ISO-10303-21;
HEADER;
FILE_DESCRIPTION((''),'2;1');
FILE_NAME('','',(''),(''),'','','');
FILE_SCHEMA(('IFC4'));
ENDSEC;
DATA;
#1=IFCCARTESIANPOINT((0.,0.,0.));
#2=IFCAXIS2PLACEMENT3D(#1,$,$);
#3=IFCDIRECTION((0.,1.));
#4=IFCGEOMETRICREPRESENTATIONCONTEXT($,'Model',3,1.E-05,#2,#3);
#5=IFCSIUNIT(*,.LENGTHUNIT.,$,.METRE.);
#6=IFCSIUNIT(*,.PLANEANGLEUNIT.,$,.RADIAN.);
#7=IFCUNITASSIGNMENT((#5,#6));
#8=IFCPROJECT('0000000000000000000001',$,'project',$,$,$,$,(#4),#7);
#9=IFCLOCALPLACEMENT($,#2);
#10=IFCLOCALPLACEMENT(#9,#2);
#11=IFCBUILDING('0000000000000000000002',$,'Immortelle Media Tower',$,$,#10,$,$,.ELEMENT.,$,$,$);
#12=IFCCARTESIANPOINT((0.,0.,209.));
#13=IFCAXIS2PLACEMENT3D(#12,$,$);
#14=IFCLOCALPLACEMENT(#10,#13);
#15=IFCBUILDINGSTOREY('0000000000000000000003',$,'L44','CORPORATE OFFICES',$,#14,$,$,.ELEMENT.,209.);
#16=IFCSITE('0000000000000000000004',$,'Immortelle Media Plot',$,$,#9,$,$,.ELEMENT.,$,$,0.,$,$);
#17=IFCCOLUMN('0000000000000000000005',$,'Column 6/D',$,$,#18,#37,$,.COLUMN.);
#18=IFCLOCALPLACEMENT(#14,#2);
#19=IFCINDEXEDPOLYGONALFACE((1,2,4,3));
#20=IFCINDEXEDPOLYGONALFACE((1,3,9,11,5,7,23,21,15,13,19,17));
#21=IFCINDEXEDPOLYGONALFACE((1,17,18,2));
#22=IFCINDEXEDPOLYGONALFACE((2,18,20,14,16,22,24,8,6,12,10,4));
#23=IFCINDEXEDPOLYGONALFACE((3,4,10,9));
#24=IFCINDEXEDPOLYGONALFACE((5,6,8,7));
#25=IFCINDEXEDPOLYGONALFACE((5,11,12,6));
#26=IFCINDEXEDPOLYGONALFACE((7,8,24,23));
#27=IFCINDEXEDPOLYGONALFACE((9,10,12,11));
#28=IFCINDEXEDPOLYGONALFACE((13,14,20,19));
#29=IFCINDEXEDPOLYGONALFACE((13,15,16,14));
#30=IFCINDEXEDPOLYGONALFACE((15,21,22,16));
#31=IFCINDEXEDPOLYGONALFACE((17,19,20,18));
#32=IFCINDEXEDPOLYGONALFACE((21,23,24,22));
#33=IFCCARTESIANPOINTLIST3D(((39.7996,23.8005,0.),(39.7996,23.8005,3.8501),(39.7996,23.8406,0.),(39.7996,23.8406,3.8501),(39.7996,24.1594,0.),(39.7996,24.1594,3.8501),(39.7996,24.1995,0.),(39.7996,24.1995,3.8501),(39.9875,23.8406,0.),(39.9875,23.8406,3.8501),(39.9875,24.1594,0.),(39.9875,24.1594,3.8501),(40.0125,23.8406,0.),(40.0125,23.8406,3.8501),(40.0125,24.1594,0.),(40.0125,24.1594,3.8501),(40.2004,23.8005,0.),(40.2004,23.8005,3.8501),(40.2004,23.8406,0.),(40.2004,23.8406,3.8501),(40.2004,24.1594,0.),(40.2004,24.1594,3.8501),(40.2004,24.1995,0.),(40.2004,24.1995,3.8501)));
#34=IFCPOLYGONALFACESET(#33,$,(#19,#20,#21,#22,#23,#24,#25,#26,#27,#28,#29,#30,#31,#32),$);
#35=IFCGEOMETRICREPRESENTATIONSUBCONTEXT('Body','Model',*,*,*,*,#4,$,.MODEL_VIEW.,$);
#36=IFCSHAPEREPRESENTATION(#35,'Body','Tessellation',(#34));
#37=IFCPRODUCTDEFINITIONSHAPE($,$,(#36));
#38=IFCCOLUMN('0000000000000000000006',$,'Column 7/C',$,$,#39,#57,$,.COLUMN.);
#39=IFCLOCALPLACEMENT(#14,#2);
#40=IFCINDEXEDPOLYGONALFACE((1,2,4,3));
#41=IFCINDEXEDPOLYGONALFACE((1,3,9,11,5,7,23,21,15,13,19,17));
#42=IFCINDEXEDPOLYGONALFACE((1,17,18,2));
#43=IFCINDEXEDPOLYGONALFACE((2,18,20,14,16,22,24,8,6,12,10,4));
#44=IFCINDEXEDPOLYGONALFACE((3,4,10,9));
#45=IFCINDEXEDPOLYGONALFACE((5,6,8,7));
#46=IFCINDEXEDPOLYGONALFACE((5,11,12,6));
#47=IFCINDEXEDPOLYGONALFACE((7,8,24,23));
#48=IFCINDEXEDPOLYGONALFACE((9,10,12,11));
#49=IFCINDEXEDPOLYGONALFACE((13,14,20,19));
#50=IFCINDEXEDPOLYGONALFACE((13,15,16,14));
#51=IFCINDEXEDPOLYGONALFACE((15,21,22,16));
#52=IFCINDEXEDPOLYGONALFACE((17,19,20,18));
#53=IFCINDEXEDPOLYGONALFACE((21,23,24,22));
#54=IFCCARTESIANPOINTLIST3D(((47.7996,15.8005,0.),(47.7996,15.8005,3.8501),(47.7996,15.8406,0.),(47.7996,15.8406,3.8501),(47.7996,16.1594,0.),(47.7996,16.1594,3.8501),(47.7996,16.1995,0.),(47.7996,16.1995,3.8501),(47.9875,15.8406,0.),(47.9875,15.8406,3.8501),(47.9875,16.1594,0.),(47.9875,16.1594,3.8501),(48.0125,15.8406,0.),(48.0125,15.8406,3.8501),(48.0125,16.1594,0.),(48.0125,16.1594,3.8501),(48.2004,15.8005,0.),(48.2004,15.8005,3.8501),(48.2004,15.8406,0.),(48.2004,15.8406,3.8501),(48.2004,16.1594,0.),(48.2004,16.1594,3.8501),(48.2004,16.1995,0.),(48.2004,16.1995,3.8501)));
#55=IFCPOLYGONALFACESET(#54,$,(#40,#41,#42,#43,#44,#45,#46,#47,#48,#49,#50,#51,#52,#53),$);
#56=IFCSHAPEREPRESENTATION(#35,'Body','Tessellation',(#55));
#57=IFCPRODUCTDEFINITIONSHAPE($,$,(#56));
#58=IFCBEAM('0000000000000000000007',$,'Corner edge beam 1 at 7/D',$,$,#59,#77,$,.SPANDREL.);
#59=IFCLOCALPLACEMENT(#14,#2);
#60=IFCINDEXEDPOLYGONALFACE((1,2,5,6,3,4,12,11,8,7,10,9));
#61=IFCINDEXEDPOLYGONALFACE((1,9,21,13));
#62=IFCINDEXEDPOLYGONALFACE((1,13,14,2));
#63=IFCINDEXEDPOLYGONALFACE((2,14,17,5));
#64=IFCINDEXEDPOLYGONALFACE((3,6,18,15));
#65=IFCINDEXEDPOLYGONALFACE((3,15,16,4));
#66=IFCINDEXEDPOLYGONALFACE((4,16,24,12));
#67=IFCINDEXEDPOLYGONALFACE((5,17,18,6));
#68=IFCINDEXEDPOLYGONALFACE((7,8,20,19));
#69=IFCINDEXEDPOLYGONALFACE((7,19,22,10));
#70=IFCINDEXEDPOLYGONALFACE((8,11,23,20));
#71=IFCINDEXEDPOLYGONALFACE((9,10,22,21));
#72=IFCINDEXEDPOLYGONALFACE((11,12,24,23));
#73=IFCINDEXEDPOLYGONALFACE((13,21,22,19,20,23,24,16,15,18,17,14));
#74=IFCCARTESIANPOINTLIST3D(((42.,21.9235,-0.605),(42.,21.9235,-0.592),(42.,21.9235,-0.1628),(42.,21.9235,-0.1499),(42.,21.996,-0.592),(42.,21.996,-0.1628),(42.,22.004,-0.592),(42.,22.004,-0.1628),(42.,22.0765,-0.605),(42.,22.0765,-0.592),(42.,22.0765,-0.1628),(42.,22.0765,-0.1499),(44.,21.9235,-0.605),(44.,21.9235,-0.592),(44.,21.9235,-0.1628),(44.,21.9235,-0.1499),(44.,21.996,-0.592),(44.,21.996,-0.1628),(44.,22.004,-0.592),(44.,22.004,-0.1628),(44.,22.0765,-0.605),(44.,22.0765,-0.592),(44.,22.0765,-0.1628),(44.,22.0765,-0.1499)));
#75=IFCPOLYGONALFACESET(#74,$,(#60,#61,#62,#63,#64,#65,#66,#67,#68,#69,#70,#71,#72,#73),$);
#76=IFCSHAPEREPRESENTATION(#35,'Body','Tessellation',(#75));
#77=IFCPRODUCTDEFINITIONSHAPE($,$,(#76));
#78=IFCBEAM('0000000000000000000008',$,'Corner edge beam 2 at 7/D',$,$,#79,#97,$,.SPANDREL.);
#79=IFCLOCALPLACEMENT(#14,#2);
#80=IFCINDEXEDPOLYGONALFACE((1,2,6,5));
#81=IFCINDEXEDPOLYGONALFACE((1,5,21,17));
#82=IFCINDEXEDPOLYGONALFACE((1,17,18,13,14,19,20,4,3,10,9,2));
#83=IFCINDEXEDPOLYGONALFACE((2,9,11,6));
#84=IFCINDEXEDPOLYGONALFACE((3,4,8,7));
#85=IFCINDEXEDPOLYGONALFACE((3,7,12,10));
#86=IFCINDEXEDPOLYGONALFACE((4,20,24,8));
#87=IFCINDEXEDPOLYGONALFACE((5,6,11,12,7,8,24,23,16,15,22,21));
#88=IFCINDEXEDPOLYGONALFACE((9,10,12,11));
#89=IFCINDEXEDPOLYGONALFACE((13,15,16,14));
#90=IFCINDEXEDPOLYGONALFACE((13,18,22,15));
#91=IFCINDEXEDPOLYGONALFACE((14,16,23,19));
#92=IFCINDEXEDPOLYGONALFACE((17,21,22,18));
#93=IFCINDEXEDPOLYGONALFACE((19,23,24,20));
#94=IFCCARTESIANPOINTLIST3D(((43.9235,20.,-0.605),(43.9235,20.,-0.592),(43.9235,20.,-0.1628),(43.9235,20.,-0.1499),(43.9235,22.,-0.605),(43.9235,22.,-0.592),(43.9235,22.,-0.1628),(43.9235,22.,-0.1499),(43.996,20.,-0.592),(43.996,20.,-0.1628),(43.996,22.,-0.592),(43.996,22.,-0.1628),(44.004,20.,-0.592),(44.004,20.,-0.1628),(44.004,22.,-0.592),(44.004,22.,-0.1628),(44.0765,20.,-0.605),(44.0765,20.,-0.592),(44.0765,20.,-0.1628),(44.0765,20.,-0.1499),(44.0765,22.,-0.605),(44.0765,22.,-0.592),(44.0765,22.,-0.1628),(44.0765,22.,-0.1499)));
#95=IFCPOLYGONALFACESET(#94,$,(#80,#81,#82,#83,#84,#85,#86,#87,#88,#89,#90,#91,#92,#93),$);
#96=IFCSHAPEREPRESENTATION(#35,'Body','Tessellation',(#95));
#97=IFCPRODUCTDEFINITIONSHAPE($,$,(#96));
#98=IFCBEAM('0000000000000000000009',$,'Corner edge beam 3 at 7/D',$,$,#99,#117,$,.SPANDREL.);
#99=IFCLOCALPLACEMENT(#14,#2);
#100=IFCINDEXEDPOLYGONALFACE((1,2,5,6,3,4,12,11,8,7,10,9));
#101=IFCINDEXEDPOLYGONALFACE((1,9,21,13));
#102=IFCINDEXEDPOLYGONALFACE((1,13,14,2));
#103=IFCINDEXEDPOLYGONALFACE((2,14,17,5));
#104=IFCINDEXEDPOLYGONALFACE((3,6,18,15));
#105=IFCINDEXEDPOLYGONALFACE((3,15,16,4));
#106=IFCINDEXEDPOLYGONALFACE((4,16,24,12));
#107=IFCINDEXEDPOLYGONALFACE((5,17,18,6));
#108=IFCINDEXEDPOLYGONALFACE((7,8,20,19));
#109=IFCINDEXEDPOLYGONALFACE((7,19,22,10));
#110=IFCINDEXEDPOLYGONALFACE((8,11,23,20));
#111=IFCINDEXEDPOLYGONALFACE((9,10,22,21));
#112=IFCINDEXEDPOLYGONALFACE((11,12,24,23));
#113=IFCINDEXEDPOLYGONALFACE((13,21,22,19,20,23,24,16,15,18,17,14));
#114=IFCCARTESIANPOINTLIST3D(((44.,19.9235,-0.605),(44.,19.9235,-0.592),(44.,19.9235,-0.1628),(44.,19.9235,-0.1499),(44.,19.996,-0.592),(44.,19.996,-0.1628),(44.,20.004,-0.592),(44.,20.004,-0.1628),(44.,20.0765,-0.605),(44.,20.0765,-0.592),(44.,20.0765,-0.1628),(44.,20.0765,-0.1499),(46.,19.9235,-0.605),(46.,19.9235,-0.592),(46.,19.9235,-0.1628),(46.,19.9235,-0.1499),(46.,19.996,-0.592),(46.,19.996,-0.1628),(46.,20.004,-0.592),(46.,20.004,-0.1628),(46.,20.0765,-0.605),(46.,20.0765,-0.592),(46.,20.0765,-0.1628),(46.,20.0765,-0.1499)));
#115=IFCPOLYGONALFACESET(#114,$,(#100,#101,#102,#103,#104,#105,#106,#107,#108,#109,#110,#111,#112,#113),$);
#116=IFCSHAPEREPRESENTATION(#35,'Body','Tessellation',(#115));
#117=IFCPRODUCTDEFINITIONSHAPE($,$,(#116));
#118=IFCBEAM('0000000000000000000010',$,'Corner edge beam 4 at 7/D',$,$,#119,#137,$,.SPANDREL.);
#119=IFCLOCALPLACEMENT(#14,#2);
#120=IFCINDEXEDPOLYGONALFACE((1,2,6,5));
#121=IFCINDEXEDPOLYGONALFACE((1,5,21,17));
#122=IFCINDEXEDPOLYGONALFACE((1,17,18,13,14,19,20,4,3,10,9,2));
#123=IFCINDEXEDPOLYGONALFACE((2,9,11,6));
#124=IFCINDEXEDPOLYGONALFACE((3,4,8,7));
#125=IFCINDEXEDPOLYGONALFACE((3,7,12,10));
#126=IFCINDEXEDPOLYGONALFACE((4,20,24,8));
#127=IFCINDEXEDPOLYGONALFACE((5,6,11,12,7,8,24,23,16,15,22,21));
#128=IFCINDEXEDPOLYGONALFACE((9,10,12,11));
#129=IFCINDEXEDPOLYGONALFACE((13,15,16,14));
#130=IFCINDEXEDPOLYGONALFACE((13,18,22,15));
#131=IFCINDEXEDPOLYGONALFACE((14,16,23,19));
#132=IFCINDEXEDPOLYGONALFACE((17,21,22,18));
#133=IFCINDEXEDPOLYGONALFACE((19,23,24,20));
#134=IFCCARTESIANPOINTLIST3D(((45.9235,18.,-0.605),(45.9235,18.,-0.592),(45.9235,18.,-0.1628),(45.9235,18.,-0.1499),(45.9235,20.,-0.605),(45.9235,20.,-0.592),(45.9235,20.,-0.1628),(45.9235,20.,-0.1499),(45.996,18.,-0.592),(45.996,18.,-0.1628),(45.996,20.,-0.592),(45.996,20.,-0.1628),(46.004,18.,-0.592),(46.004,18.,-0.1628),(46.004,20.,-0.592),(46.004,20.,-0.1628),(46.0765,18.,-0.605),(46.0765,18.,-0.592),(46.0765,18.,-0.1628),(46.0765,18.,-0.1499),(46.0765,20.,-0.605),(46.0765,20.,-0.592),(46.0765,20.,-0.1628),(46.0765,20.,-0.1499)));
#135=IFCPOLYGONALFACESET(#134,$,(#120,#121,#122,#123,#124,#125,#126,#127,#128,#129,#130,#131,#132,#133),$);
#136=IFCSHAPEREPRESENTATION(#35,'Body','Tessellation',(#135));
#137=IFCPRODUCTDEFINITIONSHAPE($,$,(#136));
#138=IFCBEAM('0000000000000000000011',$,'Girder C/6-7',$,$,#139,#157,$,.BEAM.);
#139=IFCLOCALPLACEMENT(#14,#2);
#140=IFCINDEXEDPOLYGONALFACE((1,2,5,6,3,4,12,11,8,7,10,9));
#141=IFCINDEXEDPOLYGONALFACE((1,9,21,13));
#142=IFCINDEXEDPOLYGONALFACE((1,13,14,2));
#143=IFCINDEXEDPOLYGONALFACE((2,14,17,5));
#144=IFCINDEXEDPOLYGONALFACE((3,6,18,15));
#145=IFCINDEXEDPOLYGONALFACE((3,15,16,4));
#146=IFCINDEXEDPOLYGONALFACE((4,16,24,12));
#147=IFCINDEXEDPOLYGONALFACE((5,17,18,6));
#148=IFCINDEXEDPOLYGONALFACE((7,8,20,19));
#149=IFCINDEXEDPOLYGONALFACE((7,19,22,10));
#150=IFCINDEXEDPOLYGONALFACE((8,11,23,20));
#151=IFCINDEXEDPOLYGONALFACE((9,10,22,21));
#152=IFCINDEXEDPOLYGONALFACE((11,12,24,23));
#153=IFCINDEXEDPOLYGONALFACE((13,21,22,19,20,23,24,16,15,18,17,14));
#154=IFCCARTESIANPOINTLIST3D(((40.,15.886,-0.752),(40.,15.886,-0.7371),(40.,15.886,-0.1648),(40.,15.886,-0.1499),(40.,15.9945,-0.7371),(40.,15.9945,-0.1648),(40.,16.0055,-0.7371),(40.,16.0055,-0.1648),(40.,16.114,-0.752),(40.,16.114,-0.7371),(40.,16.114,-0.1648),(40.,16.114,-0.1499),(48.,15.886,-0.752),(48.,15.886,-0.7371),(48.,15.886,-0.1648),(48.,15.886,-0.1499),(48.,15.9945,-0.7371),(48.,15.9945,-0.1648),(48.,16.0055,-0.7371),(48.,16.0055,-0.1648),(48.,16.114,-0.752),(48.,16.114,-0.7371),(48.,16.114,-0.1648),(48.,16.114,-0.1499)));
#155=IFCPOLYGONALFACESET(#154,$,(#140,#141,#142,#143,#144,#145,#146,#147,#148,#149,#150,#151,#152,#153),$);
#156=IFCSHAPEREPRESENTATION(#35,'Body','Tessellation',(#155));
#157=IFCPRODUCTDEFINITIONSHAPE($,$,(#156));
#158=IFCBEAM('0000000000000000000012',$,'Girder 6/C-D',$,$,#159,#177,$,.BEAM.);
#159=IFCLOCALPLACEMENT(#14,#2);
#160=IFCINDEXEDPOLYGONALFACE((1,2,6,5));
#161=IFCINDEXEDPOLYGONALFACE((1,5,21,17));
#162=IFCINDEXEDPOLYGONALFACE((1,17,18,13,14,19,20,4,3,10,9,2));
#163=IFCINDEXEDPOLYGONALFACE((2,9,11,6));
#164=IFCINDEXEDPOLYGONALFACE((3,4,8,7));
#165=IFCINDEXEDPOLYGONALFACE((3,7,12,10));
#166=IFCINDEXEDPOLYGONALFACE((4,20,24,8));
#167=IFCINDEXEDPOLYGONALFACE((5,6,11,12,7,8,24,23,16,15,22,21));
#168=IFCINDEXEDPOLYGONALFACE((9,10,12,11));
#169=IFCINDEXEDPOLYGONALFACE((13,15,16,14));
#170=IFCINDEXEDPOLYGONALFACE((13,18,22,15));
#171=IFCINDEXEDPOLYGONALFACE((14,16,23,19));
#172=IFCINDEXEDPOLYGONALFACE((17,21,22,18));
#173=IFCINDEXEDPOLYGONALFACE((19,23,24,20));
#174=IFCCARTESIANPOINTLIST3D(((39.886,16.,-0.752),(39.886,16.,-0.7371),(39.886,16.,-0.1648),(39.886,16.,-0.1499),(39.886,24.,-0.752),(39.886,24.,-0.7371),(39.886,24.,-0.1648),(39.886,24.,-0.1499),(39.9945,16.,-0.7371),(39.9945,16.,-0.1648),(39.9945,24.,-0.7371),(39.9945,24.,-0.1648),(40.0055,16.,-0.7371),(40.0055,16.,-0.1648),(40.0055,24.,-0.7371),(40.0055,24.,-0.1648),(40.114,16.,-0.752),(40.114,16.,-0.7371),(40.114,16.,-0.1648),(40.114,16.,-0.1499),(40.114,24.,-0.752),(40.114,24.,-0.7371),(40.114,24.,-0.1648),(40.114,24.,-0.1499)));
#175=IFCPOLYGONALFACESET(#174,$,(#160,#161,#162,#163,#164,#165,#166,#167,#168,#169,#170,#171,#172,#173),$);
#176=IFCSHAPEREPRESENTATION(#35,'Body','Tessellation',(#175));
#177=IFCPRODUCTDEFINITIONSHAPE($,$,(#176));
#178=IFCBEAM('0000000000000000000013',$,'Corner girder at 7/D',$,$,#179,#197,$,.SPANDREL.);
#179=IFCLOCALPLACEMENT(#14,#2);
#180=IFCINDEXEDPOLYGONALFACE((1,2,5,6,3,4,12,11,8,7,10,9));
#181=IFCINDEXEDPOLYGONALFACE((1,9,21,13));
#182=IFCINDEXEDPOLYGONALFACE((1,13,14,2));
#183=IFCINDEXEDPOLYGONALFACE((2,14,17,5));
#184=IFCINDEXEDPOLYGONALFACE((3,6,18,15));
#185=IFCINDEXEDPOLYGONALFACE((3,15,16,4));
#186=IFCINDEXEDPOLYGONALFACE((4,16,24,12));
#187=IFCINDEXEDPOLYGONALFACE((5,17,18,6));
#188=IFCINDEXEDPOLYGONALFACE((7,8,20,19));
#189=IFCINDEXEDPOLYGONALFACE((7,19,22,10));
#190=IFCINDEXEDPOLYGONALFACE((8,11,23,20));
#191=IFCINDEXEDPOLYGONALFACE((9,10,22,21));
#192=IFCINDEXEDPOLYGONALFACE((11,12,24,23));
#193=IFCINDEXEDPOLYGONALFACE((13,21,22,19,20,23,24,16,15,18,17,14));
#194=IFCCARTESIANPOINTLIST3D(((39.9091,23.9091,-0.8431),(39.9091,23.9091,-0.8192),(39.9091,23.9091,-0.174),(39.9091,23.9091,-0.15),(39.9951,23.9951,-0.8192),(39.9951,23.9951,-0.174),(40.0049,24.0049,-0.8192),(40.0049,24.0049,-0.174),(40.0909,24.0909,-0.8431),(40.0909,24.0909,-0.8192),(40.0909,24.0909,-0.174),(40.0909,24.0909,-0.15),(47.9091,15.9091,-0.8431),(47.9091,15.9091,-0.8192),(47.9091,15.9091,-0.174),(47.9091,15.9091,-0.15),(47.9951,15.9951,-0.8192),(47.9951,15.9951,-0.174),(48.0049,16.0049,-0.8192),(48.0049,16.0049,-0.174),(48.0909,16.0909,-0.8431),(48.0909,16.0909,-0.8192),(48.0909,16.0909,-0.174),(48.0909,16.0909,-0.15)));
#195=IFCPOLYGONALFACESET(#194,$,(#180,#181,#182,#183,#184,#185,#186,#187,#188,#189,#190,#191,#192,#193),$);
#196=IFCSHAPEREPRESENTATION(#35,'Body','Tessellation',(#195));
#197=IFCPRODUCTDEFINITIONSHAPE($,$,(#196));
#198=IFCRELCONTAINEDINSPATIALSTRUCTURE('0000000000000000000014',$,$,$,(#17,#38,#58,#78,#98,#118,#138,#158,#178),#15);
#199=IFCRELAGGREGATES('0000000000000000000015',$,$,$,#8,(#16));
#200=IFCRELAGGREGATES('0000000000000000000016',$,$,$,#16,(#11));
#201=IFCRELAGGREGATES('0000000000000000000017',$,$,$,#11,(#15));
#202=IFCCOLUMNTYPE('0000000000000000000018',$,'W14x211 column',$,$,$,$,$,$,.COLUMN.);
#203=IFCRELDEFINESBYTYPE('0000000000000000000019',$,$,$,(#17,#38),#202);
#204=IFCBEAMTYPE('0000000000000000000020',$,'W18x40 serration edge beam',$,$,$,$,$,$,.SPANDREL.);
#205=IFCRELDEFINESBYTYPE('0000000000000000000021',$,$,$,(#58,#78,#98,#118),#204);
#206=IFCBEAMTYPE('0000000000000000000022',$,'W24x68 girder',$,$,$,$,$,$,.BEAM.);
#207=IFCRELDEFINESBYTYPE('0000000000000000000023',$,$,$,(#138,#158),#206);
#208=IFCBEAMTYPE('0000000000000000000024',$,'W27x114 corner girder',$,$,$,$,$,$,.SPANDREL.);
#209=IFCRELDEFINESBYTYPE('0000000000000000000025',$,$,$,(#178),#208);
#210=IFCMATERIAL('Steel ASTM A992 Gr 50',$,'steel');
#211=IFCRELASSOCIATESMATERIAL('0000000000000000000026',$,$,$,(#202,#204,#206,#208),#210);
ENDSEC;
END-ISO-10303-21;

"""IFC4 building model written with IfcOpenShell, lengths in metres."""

from ifc_helpers import new_model, si_unit, direction, frame, origin, origin_2d, place, context, subcontext, project, spatial, i_section, extrude, material, material_profile, profile_set, type_object, element, save


model = new_model("IFC4")

# Units and contexts
model_context = context("Model", 3, precision=1e-05, world=origin(), true_north=direction((0.0, 1.0)))
body_context = subcontext(model_context, "Body", "Model", "MODEL_VIEW")
ifc_project = project(units=[si_unit("LENGTHUNIT", "METRE"), si_unit("PLANEANGLEUNIT", "RADIAN")], contexts=[model_context])

# Site, building, storey
site_placement = place(None, origin())
site = spatial("IfcSite", under=ifc_project, at=site_placement, Name="Immortelle Media Plot", CompositionType="ELEMENT", RefElevation=0.0)
building_placement = place(site_placement, origin())
building = spatial("IfcBuilding", under=site, at=building_placement, Name="Immortelle Media Tower", CompositionType="ELEMENT")
storey_placement = place(building_placement, frame((0.0, 0.0, 209.0)))
storey = spatial("IfcBuildingStorey", under=building, at=storey_placement, Name="L44", Description="CORPORATE OFFICES", CompositionType="ELEMENT", Elevation=209.0)

# Columns
ifc_material_1 = material(Name="Steel ASTM A992 Gr 50", Category="steel")
ifc_material_profile_1 = material_profile(ifc_material_1, i_section(OverallWidth=0.4009, OverallDepth=0.3989, WebThickness=0.0249, FlangeThickness=0.04, at=origin_2d()), Name="W14x211")
ifc_profile_set_1 = profile_set([ifc_material_profile_1], Name="Steel ASTM A992 Gr 50")
column_type = type_object("IfcColumnType", Name="W14x211 column", PredefinedType="COLUMN", material=ifc_profile_set_1)
for number, where, z_axis, x_axis, name in (
    (1, (40.0, 24.0, 0.0), (0.0, 0.0, 1.0), (1.0, 0.0, 0.0), "Column 6/D"),
    (2, (48.0, 16.0, 0.0), (0.0, 0.0, 1.0), (1.0, 0.0, 0.0), "Column 7/C"),
):
    element("IfcColumn", number, at=place(storey_placement, frame(where, z_axis=z_axis, x_axis=x_axis)), inside=storey, type_object=column_type, Name=name, PredefinedType="COLUMN", context=body_context, shape_type="SweptSolid", body=[
        extrude(i_section(OverallWidth=0.4009, OverallDepth=0.3989, WebThickness=0.0249, FlangeThickness=0.04, at=origin_2d()), origin(), (0.0, 0.0, 1.0), 3.8501),
    ])

# Beams
ifc_material_profile_2 = material_profile(ifc_material_1, i_section(OverallWidth=0.1531, OverallDepth=0.4551, WebThickness=0.0081, FlangeThickness=0.0129, at=origin_2d()), Name="W18x40")
ifc_profile_set_2 = profile_set([ifc_material_profile_2], Name="Steel ASTM A992 Gr 50")
beam_type_1 = type_object("IfcBeamType", Name="W18x40 serration edge beam", PredefinedType="SPANDREL", material=ifc_profile_set_2)
for number, where, z_axis, x_axis, name in (
    (3, (42.0, 22.0, -0.3774), (1.0, 0.0, 0.0), (0.0, 1.0, 0.0), "Corner edge beam 1 at 7/D"),
    (4, (44.0, 22.0, -0.3774), (0.0, -1.0, 0.0), (1.0, 0.0, 0.0), "Corner edge beam 2 at 7/D"),
    (5, (44.0, 20.0, -0.3774), (1.0, 0.0, 0.0), (0.0, 1.0, 0.0), "Corner edge beam 3 at 7/D"),
    (6, (46.0, 20.0, -0.3774), (0.0, -1.0, 0.0), (1.0, 0.0, 0.0), "Corner edge beam 4 at 7/D"),
):
    element("IfcBeam", number, at=place(storey_placement, frame(where, z_axis=z_axis, x_axis=x_axis)), inside=storey, type_object=beam_type_1, Name=name, PredefinedType="SPANDREL", context=body_context, shape_type="SweptSolid", body=[
        extrude(i_section(OverallWidth=0.1531, OverallDepth=0.4551, WebThickness=0.0081, FlangeThickness=0.0129, at=origin_2d()), origin(), (0.0, 0.0, 1.0), 2.0),
    ])
ifc_material_profile_3 = material_profile(ifc_material_1, i_section(OverallWidth=0.228, OverallDepth=0.6021, WebThickness=0.011, FlangeThickness=0.0149, at=origin_2d()), Name="W24x68")
ifc_profile_set_3 = profile_set([ifc_material_profile_3], Name="Steel ASTM A992 Gr 50")
beam_type_2 = type_object("IfcBeamType", Name="W24x68 girder", PredefinedType="BEAM", material=ifc_profile_set_3)
for number, where, z_axis, x_axis, name in (
    (7, (40.0, 16.0, -0.4509), (1.0, 0.0, 0.0), (0.0, 1.0, 0.0), "Girder C/6-7"),
    (8, (40.0, 16.0, -0.4509), (0.0, 1.0, 0.0), (-1.0, 0.0, 0.0), "Girder 6/C-D"),
):
    element("IfcBeam", number, at=place(storey_placement, frame(where, z_axis=z_axis, x_axis=x_axis)), inside=storey, type_object=beam_type_2, Name=name, PredefinedType="BEAM", context=body_context, shape_type="SweptSolid", body=[
        extrude(i_section(OverallWidth=0.228, OverallDepth=0.6021, WebThickness=0.011, FlangeThickness=0.0149, at=origin_2d()), origin(), (0.0, 0.0, 1.0), 8.0),
    ])
ifc_material_profile_4 = material_profile(ifc_material_1, i_section(OverallWidth=0.2571, OverallDepth=0.6931, WebThickness=0.0139, FlangeThickness=0.0239, at=origin_2d()), Name="W27x114")
ifc_profile_set_4 = profile_set([ifc_material_profile_4], Name="Steel ASTM A992 Gr 50")
beam_type_3 = type_object("IfcBeamType", Name="W27x114 corner girder", PredefinedType="SPANDREL", material=ifc_profile_set_4)
beam_placement = place(storey_placement, frame((40.0, 24.0, -0.4966), z_axis=(0.707107, -0.707107, 0.0), x_axis=(0.707107, 0.707107, 0.0)))
element("IfcBeam", 9, at=beam_placement, inside=storey, type_object=beam_type_3, Name="Corner girder at 7/D", PredefinedType="SPANDREL", context=body_context, shape_type="SweptSolid", body=[
    extrude(i_section(OverallWidth=0.2571, OverallDepth=0.6931, WebThickness=0.0139, FlangeThickness=0.0239, at=origin_2d()), origin(), (0.0, 0.0, 1.0), 11.3137),
])

save(model, "model.ifc")
